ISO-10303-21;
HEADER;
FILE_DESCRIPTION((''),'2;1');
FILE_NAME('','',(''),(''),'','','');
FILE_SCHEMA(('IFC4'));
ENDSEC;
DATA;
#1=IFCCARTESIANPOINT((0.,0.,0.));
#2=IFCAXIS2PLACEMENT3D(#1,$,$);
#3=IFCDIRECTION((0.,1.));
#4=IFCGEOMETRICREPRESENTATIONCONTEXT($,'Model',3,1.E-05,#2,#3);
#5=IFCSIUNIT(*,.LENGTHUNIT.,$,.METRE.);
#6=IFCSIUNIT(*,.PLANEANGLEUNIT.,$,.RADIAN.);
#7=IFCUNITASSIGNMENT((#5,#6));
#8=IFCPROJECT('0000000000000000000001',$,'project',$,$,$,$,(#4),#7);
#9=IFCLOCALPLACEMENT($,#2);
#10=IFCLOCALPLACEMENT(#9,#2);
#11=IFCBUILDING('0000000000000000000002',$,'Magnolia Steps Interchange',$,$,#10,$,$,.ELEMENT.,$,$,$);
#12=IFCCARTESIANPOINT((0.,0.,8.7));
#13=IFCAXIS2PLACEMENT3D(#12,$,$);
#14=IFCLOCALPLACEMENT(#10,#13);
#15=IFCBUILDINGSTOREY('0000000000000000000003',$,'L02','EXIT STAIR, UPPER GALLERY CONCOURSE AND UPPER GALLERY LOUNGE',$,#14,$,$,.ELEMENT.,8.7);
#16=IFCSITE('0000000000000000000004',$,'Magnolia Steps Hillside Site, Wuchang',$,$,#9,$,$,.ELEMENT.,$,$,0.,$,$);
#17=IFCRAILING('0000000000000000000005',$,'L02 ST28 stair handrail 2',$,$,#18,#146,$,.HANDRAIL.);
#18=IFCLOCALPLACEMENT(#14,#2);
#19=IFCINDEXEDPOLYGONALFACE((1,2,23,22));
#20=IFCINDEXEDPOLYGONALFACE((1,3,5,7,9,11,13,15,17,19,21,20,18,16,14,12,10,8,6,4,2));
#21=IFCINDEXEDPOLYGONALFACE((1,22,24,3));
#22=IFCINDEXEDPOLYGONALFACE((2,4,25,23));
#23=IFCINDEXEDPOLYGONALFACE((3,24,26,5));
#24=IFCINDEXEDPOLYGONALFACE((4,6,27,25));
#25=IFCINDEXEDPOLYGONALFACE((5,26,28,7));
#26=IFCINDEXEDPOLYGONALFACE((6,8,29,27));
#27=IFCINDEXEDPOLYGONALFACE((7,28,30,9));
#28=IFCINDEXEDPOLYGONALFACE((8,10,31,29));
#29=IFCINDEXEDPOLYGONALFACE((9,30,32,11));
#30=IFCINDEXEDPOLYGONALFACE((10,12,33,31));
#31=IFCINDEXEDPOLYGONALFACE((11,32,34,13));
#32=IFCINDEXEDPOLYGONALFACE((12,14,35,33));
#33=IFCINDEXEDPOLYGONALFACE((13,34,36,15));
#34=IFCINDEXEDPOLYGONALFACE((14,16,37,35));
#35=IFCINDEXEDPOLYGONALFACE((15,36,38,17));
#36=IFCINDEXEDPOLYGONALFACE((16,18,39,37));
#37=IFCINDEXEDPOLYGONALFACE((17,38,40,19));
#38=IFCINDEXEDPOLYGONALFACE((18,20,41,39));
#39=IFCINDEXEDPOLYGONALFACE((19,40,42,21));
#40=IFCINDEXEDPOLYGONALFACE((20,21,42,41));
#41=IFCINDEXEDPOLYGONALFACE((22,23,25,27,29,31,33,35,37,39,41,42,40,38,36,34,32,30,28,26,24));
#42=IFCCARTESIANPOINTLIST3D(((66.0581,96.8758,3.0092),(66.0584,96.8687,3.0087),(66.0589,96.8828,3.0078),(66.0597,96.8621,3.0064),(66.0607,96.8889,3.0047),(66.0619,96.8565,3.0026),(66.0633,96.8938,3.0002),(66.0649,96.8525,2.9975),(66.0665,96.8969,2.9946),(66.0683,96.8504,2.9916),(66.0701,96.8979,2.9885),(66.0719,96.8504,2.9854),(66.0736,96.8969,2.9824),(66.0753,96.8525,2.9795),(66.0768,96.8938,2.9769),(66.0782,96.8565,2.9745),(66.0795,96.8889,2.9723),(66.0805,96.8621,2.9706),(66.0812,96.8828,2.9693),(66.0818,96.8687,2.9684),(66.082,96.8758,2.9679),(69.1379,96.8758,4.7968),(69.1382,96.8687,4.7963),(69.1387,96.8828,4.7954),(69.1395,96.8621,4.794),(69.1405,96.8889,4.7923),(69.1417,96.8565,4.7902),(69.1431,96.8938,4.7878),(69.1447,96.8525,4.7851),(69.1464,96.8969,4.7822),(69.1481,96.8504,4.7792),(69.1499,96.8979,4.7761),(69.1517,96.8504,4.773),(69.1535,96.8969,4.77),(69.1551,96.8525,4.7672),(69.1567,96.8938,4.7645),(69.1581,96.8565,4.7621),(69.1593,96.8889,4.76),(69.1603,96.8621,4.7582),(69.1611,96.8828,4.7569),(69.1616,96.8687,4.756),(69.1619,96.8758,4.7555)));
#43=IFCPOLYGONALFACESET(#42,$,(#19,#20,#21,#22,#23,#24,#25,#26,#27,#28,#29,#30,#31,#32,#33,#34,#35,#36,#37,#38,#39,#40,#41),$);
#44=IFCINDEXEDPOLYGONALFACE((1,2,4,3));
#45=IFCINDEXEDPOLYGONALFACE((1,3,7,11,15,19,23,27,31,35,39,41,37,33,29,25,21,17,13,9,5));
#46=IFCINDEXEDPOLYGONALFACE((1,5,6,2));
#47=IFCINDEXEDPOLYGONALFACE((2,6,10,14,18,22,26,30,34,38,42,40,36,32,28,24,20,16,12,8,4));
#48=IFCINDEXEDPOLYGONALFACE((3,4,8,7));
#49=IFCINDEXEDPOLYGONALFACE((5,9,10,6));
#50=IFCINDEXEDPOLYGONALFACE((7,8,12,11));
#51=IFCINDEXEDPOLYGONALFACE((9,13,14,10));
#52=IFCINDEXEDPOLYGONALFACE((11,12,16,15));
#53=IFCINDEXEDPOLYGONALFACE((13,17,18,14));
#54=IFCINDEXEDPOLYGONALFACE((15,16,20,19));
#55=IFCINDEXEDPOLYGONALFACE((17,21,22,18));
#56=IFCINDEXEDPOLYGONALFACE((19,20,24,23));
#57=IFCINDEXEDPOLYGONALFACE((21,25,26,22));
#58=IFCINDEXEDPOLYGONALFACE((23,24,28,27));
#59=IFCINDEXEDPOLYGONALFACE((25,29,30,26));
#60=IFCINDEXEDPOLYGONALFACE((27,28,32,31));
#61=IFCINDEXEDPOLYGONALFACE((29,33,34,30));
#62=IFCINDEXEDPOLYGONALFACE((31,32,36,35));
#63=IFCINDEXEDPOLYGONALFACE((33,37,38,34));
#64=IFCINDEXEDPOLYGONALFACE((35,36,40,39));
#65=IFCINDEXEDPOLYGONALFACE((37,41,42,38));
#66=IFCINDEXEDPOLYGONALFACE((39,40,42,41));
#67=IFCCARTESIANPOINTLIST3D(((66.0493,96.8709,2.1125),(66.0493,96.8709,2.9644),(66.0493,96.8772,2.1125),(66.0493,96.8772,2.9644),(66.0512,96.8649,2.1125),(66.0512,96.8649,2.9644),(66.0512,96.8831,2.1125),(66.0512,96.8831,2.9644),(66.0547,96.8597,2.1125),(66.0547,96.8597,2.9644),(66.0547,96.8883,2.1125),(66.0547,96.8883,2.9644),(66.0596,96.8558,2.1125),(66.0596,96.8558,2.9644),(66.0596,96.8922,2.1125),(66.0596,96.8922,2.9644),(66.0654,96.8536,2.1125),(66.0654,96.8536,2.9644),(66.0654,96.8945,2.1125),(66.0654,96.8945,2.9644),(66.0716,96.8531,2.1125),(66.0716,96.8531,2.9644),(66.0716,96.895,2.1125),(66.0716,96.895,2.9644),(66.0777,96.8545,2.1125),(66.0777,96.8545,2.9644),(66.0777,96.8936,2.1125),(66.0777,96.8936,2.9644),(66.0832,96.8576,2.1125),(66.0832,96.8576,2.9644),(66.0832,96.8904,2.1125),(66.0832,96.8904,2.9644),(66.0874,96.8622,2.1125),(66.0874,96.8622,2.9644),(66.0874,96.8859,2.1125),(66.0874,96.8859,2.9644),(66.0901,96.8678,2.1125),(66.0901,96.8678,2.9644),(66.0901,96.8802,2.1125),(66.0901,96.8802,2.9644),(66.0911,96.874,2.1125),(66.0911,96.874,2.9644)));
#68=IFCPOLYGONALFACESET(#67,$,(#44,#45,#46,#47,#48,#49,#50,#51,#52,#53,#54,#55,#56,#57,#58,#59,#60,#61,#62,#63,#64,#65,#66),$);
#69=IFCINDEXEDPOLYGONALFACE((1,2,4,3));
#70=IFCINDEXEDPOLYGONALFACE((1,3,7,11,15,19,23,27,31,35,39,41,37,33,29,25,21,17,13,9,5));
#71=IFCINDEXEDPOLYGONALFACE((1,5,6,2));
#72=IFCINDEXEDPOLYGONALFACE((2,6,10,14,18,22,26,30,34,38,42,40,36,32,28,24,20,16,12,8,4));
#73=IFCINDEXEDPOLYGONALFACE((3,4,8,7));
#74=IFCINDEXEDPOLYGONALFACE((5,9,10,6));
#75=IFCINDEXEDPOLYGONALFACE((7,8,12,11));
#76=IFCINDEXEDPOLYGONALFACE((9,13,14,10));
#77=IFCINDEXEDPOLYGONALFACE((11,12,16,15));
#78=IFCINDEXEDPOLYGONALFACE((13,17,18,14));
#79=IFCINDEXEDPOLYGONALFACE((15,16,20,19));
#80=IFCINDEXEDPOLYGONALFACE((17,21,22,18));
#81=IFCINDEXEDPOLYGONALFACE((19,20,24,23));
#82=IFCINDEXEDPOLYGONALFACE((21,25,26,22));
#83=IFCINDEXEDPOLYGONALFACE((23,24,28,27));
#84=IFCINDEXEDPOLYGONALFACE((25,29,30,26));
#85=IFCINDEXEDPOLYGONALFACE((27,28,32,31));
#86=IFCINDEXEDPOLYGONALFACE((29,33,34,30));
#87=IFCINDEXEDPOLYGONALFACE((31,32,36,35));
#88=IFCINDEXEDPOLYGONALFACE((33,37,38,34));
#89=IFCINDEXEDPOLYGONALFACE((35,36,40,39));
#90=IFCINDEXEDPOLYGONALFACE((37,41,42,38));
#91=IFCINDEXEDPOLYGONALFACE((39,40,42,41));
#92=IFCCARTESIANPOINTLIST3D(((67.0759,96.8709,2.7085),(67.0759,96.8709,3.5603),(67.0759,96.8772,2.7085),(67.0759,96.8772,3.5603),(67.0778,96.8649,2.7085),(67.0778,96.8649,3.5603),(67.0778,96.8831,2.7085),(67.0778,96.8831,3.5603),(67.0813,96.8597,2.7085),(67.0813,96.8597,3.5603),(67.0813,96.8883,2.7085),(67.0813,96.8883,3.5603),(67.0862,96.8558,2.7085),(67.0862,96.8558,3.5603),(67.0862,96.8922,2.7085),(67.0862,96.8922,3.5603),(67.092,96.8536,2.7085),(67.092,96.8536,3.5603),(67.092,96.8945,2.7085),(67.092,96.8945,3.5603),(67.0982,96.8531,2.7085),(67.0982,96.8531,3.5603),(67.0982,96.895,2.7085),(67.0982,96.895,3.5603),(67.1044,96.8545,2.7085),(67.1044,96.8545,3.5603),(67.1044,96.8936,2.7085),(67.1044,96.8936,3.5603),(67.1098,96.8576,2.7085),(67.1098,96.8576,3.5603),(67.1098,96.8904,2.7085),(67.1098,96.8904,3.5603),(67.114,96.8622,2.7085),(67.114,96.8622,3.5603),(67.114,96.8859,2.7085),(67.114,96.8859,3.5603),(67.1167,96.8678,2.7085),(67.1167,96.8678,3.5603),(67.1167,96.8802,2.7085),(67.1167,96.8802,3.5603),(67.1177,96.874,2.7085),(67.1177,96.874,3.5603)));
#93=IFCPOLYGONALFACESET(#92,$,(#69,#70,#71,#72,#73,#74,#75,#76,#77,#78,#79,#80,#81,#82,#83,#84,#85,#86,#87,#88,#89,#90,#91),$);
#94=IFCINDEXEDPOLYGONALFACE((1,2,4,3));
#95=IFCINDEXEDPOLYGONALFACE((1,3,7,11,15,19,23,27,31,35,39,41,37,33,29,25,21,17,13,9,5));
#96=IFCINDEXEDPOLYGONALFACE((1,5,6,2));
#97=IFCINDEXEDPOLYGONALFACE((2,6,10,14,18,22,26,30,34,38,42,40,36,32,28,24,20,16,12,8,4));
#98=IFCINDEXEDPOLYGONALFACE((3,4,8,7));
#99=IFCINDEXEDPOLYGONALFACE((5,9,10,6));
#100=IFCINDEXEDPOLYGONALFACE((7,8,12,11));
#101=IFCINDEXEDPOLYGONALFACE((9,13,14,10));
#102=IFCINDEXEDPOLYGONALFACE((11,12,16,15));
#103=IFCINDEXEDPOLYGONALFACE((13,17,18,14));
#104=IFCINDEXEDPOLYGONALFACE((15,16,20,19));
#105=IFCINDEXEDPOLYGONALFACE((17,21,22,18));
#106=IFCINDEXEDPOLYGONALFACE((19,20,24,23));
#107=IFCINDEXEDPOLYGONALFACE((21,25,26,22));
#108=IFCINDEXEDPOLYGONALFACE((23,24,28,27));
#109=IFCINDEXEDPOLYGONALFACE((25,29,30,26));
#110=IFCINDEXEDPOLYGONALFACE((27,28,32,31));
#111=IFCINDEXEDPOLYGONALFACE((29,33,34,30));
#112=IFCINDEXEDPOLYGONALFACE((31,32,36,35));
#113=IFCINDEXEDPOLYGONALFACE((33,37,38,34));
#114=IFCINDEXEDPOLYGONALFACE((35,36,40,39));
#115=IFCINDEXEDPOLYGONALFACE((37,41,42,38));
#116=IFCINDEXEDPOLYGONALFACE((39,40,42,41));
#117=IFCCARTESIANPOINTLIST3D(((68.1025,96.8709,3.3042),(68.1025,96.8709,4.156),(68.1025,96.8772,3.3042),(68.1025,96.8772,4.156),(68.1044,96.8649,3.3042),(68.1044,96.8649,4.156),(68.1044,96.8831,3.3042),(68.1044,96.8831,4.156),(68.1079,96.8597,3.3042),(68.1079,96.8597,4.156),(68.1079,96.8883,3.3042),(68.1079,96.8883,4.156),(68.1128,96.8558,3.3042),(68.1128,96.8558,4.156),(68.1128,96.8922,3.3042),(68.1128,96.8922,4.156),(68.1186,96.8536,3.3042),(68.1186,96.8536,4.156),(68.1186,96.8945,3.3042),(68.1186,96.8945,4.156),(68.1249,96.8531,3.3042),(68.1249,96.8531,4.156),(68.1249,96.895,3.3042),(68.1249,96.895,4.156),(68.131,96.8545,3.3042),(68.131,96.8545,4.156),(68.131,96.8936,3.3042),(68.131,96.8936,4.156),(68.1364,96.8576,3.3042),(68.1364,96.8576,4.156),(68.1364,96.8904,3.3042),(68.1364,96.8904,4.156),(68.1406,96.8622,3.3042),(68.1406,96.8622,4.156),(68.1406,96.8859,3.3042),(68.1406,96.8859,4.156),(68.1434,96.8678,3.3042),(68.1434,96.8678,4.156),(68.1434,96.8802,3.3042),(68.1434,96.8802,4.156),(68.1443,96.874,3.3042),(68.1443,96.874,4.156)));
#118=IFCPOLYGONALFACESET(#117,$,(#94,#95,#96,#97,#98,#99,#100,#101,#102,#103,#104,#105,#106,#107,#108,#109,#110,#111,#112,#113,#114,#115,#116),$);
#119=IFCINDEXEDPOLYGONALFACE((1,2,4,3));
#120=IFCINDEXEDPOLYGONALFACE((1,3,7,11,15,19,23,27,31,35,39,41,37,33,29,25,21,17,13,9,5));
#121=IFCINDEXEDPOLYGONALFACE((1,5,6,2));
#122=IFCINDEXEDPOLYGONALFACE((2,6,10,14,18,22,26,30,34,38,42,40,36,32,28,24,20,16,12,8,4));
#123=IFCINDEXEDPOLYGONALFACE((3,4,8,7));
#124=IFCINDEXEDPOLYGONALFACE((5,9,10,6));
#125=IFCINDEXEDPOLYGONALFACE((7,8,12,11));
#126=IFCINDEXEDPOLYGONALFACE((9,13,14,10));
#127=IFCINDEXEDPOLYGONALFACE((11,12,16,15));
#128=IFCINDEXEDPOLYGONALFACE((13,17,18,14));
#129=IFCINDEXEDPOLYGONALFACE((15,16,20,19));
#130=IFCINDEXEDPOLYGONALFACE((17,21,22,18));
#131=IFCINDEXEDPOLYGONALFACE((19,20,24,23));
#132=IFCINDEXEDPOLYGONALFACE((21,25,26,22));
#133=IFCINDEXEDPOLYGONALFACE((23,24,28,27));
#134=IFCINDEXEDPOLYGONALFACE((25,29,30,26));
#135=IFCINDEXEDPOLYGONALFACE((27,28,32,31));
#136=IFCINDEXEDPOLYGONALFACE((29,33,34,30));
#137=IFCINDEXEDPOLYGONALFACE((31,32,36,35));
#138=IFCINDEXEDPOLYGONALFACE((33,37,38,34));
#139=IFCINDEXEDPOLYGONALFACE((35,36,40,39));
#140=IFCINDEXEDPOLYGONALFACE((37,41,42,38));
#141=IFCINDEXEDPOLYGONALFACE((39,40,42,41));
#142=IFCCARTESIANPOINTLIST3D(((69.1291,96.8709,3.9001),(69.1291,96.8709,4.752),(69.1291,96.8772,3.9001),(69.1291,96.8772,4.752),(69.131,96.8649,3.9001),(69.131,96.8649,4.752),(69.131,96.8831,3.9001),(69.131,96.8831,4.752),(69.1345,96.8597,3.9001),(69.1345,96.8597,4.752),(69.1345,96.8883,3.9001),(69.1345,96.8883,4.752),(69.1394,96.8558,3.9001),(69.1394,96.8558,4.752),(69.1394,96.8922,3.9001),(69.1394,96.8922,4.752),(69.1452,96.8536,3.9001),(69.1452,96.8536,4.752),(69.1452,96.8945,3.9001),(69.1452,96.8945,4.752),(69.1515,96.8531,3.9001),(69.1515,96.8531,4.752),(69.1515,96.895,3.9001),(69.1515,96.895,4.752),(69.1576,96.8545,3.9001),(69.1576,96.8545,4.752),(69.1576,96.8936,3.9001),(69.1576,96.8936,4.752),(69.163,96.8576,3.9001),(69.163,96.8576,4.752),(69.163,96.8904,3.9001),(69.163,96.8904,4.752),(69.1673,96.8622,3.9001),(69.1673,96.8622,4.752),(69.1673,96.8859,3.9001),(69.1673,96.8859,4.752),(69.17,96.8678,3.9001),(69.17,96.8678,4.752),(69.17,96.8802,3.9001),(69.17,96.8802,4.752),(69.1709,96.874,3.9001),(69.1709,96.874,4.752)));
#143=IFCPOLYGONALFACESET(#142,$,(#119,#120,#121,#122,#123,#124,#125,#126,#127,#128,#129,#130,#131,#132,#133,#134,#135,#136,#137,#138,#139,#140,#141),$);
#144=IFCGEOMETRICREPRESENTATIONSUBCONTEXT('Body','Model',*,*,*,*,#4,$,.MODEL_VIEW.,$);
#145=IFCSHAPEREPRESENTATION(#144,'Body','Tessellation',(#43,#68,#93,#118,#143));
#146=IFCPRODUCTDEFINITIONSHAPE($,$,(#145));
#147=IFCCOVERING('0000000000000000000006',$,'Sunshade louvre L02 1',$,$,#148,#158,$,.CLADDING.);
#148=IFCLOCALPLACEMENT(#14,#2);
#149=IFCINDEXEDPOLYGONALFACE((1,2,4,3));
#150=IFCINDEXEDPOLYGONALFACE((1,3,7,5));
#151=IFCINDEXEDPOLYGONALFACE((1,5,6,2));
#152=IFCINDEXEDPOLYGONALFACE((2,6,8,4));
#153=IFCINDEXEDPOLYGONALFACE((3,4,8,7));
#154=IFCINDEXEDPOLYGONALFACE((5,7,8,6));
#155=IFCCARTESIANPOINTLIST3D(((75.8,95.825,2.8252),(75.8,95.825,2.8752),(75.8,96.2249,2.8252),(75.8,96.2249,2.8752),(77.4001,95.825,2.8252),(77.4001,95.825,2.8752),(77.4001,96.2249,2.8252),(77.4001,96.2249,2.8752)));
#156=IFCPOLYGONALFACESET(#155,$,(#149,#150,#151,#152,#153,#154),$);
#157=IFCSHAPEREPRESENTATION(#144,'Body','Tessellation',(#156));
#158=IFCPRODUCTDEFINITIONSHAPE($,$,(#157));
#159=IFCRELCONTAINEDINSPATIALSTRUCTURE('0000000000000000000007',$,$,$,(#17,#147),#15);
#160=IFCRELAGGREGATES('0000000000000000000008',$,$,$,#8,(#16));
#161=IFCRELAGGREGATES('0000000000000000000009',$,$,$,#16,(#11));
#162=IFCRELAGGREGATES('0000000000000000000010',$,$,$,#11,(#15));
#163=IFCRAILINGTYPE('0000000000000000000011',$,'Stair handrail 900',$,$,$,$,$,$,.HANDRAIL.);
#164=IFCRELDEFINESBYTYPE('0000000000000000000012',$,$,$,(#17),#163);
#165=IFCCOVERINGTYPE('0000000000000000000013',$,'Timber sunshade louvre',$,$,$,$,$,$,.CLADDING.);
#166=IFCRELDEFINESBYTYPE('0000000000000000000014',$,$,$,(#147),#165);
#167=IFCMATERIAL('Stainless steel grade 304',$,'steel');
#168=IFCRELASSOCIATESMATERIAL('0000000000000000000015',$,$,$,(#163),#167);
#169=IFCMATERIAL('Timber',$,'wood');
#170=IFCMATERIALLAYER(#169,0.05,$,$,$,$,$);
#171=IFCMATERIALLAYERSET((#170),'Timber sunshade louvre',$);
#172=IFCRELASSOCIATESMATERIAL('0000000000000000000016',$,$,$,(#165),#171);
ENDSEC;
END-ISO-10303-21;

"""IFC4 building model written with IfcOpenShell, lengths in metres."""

from ifc_helpers import new_model, si_unit, direction, frame, origin, origin_2d, place, context, subcontext, project, spatial, rectangle, circle, extrude, material, layer, layer_set, type_object, element, save


model = new_model("IFC4")

# Units and contexts
model_context = context("Model", 3, precision=1e-05, world=origin(), true_north=direction((0.0, 1.0)))
body_context = subcontext(model_context, "Body", "Model", "MODEL_VIEW")
ifc_project = project(units=[si_unit("LENGTHUNIT", "METRE"), si_unit("PLANEANGLEUNIT", "RADIAN")], contexts=[model_context])

# Site, building, storey
site_placement = place(None, origin())
site = spatial("IfcSite", under=ifc_project, at=site_placement, Name="Magnolia Steps Hillside Site, Wuchang", CompositionType="ELEMENT", RefElevation=0.0)
building_placement = place(site_placement, origin())
building = spatial("IfcBuilding", under=site, at=building_placement, Name="Magnolia Steps Interchange", CompositionType="ELEMENT")
storey_placement = place(building_placement, frame((0.0, 0.0, 8.7)))
storey = spatial("IfcBuildingStorey", under=building, at=storey_placement, Name="L02", Description="EXIT STAIR, UPPER GALLERY CONCOURSE AND UPPER GALLERY LOUNGE", CompositionType="ELEMENT", Elevation=8.7)

# Railing
ifc_material_1 = material(Name="Stainless steel grade 304", Category="steel")
railing_type_1 = type_object("IfcRailingType", Name="Stair handrail 900", PredefinedType="HANDRAIL", material=ifc_material_1)
railing_1_placement = place(storey_placement, frame((66.0701, 96.874, 2.1125)))
element("IfcRailing", 1, at=railing_1_placement, inside=storey, type_object=railing_type_1, Name="L02 ST28 stair handrail 2", PredefinedType="HANDRAIL", context=body_context, shape_type="SweptSolid", body=[
    extrude(circle(Radius=0.0239, at=origin_2d()), frame((0.0, 0.0, 0.876), z_axis=(0.864873, 0.0, 0.50199), x_axis=(0.0, 1.0, 0.0)), (0.0, 0.0, 1.0), 3.561),
    extrude(circle(Radius=0.021, at=origin_2d()), origin(), (0.0, 0.0, 1.0), 0.8518),
    extrude(circle(Radius=0.021, at=origin_2d()), frame((1.0266, 0.0, 0.5959)), (0.0, 0.0, 1.0), 0.8518),
    extrude(circle(Radius=0.021, at=origin_2d()), frame((2.0532, 0.0, 1.1917)), (0.0, 0.0, 1.0), 0.8518),
    extrude(circle(Radius=0.021, at=origin_2d()), frame((3.0798, 0.0, 1.7876)), (0.0, 0.0, 1.0), 0.8518),
])

# Covering
ifc_material_2 = material(Name="Timber", Category="wood")
ifc_layer_1 = layer(ifc_material_2, 0.05)
ifc_layer_set_1 = layer_set([ifc_layer_1], Name="Timber sunshade louvre")
covering_type_1 = type_object("IfcCoveringType", Name="Timber sunshade louvre", PredefinedType="CLADDING", material=ifc_layer_set_1)
covering_1_placement = place(storey_placement, frame((76.6001, 96.0249, 2.8252), z_axis=(0.0, 0.0, 1.0), x_axis=(1.0, 0.0, 0.0)))
element("IfcCovering", 2, at=covering_1_placement, inside=storey, type_object=covering_type_1, Name="Sunshade louvre L02 1", PredefinedType="CLADDING", context=body_context, shape_type="SweptSolid", body=[
    extrude(rectangle(XDim=1.6001, YDim=0.3999, at=origin_2d()), origin(), (0.0, 0.0, 1.0), 0.05),
])

save(model, "model.ifc")
